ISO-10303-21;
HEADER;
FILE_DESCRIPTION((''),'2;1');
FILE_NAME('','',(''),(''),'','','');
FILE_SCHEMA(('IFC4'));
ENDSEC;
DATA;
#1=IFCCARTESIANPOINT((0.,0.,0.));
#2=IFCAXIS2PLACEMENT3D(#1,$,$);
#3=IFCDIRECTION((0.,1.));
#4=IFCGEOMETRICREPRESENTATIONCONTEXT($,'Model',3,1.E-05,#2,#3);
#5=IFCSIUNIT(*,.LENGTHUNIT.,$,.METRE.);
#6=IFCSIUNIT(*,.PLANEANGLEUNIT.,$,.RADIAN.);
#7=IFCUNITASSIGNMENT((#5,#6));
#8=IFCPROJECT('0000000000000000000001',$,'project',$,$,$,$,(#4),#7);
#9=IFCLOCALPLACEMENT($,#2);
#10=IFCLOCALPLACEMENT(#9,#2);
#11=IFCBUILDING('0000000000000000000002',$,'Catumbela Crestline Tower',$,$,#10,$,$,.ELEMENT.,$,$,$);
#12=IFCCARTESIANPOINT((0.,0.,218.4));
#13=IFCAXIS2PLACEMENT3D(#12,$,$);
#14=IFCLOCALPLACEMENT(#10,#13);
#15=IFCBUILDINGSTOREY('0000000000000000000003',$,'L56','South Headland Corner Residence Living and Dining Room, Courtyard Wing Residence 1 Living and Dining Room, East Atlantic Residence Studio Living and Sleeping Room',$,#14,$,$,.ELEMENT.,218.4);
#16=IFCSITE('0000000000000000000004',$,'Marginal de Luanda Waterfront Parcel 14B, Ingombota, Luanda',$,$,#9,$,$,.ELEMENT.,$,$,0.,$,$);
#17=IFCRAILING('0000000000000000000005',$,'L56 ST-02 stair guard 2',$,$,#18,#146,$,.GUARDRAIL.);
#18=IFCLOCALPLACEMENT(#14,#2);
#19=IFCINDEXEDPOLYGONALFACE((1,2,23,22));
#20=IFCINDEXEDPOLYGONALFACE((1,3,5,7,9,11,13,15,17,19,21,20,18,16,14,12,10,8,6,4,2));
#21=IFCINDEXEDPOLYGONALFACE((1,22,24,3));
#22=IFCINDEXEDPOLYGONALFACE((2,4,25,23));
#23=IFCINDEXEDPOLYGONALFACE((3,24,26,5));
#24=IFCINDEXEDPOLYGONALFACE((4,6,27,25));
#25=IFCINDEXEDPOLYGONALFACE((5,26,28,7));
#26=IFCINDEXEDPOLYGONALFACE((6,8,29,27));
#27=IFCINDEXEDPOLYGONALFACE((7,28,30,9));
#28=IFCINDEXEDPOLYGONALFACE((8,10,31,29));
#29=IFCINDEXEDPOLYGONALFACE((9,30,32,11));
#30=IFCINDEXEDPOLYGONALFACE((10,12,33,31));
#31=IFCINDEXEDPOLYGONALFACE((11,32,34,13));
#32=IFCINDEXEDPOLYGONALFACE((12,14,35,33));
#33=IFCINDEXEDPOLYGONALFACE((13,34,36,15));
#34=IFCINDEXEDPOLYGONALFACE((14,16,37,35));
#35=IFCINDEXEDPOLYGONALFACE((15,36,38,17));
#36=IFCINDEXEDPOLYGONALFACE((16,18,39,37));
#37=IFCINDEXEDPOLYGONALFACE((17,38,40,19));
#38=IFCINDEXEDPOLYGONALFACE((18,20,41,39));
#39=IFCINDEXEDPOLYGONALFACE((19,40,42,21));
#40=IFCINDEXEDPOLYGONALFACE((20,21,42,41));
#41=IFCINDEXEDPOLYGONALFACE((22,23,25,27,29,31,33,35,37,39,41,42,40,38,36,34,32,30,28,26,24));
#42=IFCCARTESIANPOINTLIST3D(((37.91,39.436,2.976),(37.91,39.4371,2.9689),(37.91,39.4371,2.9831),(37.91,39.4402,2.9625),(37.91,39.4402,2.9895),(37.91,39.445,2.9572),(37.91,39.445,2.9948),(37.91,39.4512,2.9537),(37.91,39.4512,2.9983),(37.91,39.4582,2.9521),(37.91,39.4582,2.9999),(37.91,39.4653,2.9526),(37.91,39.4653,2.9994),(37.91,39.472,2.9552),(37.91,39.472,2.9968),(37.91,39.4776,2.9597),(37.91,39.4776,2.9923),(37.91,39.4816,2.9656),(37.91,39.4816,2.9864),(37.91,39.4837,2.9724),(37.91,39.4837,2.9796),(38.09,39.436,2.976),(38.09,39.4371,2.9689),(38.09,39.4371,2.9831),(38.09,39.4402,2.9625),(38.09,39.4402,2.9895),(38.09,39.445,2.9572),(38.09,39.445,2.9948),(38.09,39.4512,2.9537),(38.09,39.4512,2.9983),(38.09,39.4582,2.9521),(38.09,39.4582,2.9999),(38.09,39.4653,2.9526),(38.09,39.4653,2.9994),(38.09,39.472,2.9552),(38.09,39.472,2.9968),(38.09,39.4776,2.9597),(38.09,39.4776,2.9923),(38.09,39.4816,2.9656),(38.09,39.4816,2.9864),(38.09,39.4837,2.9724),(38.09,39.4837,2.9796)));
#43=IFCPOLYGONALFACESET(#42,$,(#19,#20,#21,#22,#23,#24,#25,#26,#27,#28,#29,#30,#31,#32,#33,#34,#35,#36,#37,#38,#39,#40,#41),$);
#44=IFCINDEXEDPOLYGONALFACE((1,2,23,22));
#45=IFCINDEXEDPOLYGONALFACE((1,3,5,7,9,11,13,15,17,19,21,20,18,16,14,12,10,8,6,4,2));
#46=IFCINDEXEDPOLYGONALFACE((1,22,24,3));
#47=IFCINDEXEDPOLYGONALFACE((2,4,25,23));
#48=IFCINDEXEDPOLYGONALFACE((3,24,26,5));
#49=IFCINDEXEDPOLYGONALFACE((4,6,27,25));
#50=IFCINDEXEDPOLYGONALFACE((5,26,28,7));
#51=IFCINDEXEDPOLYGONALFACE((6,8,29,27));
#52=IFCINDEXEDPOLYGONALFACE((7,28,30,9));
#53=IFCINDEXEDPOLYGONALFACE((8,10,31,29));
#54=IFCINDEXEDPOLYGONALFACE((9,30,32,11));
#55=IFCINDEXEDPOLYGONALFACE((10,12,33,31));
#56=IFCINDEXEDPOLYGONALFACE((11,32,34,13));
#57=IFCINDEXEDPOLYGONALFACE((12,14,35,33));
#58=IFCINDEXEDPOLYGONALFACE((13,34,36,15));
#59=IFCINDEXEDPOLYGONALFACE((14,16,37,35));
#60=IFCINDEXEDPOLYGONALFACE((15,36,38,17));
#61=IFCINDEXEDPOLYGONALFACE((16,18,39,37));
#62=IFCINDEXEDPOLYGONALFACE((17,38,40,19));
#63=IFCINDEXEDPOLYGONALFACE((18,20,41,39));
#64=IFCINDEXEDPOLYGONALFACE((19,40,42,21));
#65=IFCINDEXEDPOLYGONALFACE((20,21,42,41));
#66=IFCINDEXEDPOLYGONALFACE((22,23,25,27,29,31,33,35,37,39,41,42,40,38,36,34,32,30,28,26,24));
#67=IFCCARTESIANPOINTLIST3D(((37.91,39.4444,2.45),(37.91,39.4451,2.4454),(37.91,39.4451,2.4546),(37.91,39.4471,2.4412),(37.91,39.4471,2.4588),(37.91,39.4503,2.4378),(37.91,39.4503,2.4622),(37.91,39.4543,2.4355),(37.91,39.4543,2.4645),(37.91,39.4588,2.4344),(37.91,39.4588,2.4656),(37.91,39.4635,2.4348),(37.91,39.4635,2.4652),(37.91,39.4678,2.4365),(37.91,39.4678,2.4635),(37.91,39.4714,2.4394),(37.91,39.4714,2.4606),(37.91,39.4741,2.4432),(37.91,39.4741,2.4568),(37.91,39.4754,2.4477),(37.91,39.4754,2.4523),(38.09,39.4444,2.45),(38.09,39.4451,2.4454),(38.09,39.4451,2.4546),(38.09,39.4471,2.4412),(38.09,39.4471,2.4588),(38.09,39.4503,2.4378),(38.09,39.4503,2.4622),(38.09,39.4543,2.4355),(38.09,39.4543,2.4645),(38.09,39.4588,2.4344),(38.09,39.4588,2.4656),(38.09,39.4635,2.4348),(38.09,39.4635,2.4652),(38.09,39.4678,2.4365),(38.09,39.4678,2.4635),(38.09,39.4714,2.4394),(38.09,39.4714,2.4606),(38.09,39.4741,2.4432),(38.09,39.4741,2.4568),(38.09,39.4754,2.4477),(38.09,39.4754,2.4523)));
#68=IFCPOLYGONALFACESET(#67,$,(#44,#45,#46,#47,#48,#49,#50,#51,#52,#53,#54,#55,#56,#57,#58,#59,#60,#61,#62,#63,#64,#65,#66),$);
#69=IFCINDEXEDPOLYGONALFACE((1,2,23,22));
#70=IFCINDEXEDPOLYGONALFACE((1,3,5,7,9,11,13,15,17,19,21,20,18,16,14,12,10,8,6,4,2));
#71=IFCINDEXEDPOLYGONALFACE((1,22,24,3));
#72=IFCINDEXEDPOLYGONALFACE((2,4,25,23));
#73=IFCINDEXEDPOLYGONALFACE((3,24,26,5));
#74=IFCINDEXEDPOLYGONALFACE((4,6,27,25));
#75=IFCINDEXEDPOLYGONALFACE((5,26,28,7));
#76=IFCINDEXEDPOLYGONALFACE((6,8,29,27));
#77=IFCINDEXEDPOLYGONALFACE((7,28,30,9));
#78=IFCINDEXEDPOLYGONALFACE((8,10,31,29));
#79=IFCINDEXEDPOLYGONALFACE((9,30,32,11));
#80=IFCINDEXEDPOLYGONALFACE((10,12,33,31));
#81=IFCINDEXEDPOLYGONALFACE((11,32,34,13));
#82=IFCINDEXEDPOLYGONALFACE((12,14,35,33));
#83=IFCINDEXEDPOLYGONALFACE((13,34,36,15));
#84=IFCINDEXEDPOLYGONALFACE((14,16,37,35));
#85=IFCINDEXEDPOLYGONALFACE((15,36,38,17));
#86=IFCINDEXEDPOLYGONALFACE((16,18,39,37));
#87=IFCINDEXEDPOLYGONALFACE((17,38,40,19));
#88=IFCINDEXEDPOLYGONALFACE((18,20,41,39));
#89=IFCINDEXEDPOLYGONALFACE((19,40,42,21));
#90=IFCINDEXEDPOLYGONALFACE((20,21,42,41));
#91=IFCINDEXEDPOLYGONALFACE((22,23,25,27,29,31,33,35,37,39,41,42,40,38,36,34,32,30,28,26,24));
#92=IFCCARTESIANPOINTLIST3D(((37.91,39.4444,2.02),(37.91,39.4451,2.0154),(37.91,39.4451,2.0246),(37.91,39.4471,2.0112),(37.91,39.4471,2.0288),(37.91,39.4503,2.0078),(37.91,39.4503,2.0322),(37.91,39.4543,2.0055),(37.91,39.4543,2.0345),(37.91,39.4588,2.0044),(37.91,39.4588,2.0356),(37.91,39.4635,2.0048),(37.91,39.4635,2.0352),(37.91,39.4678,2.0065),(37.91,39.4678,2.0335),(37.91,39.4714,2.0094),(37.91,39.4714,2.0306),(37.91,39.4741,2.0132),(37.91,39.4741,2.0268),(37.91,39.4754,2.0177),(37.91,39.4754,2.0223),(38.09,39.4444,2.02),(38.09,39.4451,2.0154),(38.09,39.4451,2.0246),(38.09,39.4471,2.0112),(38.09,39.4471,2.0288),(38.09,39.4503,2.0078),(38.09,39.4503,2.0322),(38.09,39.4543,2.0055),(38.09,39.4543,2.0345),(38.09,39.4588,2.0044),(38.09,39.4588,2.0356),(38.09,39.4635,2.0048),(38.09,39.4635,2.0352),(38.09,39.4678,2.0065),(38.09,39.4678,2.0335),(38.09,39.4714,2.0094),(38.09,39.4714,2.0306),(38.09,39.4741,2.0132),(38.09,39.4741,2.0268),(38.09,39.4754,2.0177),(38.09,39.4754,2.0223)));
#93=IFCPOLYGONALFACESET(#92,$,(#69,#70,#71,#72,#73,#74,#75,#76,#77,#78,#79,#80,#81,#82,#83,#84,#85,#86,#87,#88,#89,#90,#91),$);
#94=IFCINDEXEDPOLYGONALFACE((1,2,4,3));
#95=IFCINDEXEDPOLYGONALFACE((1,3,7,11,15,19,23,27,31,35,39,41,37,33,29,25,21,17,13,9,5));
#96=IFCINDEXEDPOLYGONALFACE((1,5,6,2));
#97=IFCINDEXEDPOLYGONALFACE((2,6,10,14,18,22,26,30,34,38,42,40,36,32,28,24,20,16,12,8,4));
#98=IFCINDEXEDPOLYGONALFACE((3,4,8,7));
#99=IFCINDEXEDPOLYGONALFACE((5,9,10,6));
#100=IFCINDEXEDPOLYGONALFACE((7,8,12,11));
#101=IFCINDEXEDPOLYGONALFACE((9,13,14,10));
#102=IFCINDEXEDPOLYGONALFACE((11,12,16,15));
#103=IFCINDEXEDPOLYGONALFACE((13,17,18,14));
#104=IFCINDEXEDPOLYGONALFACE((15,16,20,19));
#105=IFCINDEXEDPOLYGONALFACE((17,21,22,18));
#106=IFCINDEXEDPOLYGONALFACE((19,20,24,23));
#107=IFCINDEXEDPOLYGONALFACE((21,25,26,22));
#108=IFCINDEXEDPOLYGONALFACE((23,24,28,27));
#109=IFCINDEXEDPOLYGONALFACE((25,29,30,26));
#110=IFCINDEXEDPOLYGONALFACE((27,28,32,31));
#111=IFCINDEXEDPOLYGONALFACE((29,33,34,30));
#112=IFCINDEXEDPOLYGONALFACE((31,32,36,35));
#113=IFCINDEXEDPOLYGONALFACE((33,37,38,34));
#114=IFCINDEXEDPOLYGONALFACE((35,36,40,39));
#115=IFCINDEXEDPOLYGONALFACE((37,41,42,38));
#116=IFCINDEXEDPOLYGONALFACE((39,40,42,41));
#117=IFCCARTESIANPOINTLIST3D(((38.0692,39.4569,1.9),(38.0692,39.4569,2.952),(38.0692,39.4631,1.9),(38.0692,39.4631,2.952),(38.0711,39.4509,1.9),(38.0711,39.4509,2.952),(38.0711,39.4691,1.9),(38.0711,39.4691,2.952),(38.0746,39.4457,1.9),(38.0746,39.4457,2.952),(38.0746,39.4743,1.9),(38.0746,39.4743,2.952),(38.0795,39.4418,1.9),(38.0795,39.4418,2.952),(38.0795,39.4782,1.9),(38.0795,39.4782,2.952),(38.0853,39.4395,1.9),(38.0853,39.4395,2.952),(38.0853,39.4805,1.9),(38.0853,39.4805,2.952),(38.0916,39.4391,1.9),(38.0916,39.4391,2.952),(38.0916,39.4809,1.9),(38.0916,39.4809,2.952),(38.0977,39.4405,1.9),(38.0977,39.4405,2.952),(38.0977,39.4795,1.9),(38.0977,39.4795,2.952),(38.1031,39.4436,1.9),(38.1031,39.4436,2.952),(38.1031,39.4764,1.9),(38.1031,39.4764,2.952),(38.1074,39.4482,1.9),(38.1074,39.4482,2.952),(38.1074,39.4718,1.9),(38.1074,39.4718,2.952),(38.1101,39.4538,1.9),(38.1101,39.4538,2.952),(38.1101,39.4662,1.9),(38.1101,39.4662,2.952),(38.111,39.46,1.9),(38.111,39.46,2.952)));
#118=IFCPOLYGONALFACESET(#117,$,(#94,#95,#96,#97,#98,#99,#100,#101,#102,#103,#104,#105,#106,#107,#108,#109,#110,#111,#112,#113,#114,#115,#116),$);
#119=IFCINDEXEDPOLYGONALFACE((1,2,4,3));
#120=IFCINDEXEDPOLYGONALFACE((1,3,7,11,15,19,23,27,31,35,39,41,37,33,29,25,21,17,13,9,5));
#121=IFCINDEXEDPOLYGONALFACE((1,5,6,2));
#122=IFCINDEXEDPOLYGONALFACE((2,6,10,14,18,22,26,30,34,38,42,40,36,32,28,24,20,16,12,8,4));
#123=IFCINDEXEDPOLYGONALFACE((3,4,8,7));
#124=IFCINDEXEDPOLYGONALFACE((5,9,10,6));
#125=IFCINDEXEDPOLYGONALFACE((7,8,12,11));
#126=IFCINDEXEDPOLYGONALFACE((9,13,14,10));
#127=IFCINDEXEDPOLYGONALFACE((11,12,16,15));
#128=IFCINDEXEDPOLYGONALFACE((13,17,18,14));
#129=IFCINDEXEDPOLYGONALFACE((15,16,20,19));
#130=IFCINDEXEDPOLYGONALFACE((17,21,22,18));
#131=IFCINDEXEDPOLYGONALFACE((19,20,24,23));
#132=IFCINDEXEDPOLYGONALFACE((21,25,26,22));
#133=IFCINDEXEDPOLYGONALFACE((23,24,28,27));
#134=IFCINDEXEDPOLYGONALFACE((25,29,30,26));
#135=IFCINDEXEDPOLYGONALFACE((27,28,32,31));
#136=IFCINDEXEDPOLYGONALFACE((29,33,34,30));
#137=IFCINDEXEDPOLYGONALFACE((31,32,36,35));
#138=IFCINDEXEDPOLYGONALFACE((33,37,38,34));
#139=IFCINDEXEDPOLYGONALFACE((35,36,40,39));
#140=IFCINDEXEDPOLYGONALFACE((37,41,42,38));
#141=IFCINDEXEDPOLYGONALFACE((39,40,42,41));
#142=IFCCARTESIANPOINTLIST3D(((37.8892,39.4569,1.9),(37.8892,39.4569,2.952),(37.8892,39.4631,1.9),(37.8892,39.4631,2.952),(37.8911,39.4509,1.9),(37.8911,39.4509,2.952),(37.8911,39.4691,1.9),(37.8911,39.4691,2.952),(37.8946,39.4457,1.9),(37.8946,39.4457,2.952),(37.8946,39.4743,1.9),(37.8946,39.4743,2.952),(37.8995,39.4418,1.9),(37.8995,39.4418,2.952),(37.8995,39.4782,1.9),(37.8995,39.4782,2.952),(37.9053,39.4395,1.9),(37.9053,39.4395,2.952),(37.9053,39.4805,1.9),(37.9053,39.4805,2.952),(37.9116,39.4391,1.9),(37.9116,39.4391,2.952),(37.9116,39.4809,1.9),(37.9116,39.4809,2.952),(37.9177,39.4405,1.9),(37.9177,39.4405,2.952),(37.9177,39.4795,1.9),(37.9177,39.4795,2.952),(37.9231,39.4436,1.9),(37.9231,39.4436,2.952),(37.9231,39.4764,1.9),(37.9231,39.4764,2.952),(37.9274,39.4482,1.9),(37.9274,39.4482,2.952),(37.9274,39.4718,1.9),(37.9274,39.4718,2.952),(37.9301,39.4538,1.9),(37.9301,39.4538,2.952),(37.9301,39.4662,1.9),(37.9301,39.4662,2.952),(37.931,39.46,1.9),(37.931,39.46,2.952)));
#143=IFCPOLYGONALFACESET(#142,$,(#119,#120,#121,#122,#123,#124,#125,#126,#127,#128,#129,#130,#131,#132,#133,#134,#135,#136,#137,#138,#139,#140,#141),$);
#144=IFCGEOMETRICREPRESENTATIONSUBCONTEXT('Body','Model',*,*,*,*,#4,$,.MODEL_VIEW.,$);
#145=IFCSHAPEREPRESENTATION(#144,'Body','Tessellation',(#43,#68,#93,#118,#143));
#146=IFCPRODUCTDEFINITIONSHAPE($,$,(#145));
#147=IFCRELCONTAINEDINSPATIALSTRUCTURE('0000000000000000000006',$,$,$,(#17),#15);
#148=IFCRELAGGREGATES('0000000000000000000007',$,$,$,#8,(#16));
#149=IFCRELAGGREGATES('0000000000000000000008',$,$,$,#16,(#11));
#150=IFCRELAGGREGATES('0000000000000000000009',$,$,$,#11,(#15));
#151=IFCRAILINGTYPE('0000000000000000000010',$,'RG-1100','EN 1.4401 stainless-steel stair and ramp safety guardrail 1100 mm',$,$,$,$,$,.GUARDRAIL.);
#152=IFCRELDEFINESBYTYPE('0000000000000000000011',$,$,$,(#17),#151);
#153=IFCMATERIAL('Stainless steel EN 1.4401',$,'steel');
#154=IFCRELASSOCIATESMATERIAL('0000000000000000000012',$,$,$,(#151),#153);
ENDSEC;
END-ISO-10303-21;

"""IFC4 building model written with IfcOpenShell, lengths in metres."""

from ifc_helpers import new_model, si_unit, direction, frame, origin, origin_2d, place, context, subcontext, project, spatial, circle, extrude, material, type_object, element, save


model = new_model("IFC4")

# Units and contexts
model_context = context("Model", 3, precision=1e-05, world=origin(), true_north=direction((0.0, 1.0)))
body_context = subcontext(model_context, "Body", "Model", "MODEL_VIEW")
ifc_project = project(units=[si_unit("LENGTHUNIT", "METRE"), si_unit("PLANEANGLEUNIT", "RADIAN")], contexts=[model_context])

# Site, building, storey
site_placement = place(None, origin())
site = spatial("IfcSite", under=ifc_project, at=site_placement, Name="Marginal de Luanda Waterfront Parcel 14B, Ingombota, Luanda", CompositionType="ELEMENT", RefElevation=0.0)
building_placement = place(site_placement, origin())
building = spatial("IfcBuilding", under=site, at=building_placement, Name="Catumbela Crestline Tower", CompositionType="ELEMENT")
storey_placement = place(building_placement, frame((0.0, 0.0, 218.4)))
storey = spatial("IfcBuildingStorey", under=building, at=storey_placement, Name="L56", Description="South Headland Corner Residence Living and Dining Room, Courtyard Wing Residence 1 Living and Dining Room, East Atlantic Residence Studio Living and Sleeping Room", CompositionType="ELEMENT", Elevation=218.4)

# Railing
ifc_material_1 = material(Name="Stainless steel EN 1.4401", Category="steel")
railing_type_1 = type_object("IfcRailingType", Name="RG-1100", Description="EN 1.4401 stainless-steel stair and ramp safety guardrail 1100 mm", PredefinedType="GUARDRAIL", material=ifc_material_1)
railing_1_placement = place(storey_placement, frame((38.09, 39.46, 1.9)))
element("IfcRailing", 1, at=railing_1_placement, inside=storey, type_object=railing_type_1, Name="L56 ST-02 stair guard 2", PredefinedType="GUARDRAIL", context=body_context, shape_type="SweptSolid", body=[
    extrude(circle(Radius=0.024, at=origin_2d()), frame((0.0, 0.0, 1.076), z_axis=(-1.0, 0.0, 0.0), x_axis=(0.0, -1.0, 0.0)), (0.0, 0.0, 1.0), 0.18),
    extrude(circle(Radius=0.0156, at=origin_2d()), frame((0.0, 0.0, 0.55), z_axis=(-1.0, 0.0, 0.0), x_axis=(0.0, -1.0, 0.0)), (0.0, 0.0, 1.0), 0.18),
    extrude(circle(Radius=0.0156, at=origin_2d()), frame((0.0, 0.0, 0.12), z_axis=(-1.0, 0.0, 0.0), x_axis=(0.0, -1.0, 0.0)), (0.0, 0.0, 1.0), 0.18),
    extrude(circle(Radius=0.021, at=origin_2d()), origin(), (0.0, 0.0, 1.0), 1.052),
    extrude(circle(Radius=0.021, at=origin_2d()), frame((-0.18, 0.0, 0.0)), (0.0, 0.0, 1.0), 1.052),
])

save(model, "model.ifc")
